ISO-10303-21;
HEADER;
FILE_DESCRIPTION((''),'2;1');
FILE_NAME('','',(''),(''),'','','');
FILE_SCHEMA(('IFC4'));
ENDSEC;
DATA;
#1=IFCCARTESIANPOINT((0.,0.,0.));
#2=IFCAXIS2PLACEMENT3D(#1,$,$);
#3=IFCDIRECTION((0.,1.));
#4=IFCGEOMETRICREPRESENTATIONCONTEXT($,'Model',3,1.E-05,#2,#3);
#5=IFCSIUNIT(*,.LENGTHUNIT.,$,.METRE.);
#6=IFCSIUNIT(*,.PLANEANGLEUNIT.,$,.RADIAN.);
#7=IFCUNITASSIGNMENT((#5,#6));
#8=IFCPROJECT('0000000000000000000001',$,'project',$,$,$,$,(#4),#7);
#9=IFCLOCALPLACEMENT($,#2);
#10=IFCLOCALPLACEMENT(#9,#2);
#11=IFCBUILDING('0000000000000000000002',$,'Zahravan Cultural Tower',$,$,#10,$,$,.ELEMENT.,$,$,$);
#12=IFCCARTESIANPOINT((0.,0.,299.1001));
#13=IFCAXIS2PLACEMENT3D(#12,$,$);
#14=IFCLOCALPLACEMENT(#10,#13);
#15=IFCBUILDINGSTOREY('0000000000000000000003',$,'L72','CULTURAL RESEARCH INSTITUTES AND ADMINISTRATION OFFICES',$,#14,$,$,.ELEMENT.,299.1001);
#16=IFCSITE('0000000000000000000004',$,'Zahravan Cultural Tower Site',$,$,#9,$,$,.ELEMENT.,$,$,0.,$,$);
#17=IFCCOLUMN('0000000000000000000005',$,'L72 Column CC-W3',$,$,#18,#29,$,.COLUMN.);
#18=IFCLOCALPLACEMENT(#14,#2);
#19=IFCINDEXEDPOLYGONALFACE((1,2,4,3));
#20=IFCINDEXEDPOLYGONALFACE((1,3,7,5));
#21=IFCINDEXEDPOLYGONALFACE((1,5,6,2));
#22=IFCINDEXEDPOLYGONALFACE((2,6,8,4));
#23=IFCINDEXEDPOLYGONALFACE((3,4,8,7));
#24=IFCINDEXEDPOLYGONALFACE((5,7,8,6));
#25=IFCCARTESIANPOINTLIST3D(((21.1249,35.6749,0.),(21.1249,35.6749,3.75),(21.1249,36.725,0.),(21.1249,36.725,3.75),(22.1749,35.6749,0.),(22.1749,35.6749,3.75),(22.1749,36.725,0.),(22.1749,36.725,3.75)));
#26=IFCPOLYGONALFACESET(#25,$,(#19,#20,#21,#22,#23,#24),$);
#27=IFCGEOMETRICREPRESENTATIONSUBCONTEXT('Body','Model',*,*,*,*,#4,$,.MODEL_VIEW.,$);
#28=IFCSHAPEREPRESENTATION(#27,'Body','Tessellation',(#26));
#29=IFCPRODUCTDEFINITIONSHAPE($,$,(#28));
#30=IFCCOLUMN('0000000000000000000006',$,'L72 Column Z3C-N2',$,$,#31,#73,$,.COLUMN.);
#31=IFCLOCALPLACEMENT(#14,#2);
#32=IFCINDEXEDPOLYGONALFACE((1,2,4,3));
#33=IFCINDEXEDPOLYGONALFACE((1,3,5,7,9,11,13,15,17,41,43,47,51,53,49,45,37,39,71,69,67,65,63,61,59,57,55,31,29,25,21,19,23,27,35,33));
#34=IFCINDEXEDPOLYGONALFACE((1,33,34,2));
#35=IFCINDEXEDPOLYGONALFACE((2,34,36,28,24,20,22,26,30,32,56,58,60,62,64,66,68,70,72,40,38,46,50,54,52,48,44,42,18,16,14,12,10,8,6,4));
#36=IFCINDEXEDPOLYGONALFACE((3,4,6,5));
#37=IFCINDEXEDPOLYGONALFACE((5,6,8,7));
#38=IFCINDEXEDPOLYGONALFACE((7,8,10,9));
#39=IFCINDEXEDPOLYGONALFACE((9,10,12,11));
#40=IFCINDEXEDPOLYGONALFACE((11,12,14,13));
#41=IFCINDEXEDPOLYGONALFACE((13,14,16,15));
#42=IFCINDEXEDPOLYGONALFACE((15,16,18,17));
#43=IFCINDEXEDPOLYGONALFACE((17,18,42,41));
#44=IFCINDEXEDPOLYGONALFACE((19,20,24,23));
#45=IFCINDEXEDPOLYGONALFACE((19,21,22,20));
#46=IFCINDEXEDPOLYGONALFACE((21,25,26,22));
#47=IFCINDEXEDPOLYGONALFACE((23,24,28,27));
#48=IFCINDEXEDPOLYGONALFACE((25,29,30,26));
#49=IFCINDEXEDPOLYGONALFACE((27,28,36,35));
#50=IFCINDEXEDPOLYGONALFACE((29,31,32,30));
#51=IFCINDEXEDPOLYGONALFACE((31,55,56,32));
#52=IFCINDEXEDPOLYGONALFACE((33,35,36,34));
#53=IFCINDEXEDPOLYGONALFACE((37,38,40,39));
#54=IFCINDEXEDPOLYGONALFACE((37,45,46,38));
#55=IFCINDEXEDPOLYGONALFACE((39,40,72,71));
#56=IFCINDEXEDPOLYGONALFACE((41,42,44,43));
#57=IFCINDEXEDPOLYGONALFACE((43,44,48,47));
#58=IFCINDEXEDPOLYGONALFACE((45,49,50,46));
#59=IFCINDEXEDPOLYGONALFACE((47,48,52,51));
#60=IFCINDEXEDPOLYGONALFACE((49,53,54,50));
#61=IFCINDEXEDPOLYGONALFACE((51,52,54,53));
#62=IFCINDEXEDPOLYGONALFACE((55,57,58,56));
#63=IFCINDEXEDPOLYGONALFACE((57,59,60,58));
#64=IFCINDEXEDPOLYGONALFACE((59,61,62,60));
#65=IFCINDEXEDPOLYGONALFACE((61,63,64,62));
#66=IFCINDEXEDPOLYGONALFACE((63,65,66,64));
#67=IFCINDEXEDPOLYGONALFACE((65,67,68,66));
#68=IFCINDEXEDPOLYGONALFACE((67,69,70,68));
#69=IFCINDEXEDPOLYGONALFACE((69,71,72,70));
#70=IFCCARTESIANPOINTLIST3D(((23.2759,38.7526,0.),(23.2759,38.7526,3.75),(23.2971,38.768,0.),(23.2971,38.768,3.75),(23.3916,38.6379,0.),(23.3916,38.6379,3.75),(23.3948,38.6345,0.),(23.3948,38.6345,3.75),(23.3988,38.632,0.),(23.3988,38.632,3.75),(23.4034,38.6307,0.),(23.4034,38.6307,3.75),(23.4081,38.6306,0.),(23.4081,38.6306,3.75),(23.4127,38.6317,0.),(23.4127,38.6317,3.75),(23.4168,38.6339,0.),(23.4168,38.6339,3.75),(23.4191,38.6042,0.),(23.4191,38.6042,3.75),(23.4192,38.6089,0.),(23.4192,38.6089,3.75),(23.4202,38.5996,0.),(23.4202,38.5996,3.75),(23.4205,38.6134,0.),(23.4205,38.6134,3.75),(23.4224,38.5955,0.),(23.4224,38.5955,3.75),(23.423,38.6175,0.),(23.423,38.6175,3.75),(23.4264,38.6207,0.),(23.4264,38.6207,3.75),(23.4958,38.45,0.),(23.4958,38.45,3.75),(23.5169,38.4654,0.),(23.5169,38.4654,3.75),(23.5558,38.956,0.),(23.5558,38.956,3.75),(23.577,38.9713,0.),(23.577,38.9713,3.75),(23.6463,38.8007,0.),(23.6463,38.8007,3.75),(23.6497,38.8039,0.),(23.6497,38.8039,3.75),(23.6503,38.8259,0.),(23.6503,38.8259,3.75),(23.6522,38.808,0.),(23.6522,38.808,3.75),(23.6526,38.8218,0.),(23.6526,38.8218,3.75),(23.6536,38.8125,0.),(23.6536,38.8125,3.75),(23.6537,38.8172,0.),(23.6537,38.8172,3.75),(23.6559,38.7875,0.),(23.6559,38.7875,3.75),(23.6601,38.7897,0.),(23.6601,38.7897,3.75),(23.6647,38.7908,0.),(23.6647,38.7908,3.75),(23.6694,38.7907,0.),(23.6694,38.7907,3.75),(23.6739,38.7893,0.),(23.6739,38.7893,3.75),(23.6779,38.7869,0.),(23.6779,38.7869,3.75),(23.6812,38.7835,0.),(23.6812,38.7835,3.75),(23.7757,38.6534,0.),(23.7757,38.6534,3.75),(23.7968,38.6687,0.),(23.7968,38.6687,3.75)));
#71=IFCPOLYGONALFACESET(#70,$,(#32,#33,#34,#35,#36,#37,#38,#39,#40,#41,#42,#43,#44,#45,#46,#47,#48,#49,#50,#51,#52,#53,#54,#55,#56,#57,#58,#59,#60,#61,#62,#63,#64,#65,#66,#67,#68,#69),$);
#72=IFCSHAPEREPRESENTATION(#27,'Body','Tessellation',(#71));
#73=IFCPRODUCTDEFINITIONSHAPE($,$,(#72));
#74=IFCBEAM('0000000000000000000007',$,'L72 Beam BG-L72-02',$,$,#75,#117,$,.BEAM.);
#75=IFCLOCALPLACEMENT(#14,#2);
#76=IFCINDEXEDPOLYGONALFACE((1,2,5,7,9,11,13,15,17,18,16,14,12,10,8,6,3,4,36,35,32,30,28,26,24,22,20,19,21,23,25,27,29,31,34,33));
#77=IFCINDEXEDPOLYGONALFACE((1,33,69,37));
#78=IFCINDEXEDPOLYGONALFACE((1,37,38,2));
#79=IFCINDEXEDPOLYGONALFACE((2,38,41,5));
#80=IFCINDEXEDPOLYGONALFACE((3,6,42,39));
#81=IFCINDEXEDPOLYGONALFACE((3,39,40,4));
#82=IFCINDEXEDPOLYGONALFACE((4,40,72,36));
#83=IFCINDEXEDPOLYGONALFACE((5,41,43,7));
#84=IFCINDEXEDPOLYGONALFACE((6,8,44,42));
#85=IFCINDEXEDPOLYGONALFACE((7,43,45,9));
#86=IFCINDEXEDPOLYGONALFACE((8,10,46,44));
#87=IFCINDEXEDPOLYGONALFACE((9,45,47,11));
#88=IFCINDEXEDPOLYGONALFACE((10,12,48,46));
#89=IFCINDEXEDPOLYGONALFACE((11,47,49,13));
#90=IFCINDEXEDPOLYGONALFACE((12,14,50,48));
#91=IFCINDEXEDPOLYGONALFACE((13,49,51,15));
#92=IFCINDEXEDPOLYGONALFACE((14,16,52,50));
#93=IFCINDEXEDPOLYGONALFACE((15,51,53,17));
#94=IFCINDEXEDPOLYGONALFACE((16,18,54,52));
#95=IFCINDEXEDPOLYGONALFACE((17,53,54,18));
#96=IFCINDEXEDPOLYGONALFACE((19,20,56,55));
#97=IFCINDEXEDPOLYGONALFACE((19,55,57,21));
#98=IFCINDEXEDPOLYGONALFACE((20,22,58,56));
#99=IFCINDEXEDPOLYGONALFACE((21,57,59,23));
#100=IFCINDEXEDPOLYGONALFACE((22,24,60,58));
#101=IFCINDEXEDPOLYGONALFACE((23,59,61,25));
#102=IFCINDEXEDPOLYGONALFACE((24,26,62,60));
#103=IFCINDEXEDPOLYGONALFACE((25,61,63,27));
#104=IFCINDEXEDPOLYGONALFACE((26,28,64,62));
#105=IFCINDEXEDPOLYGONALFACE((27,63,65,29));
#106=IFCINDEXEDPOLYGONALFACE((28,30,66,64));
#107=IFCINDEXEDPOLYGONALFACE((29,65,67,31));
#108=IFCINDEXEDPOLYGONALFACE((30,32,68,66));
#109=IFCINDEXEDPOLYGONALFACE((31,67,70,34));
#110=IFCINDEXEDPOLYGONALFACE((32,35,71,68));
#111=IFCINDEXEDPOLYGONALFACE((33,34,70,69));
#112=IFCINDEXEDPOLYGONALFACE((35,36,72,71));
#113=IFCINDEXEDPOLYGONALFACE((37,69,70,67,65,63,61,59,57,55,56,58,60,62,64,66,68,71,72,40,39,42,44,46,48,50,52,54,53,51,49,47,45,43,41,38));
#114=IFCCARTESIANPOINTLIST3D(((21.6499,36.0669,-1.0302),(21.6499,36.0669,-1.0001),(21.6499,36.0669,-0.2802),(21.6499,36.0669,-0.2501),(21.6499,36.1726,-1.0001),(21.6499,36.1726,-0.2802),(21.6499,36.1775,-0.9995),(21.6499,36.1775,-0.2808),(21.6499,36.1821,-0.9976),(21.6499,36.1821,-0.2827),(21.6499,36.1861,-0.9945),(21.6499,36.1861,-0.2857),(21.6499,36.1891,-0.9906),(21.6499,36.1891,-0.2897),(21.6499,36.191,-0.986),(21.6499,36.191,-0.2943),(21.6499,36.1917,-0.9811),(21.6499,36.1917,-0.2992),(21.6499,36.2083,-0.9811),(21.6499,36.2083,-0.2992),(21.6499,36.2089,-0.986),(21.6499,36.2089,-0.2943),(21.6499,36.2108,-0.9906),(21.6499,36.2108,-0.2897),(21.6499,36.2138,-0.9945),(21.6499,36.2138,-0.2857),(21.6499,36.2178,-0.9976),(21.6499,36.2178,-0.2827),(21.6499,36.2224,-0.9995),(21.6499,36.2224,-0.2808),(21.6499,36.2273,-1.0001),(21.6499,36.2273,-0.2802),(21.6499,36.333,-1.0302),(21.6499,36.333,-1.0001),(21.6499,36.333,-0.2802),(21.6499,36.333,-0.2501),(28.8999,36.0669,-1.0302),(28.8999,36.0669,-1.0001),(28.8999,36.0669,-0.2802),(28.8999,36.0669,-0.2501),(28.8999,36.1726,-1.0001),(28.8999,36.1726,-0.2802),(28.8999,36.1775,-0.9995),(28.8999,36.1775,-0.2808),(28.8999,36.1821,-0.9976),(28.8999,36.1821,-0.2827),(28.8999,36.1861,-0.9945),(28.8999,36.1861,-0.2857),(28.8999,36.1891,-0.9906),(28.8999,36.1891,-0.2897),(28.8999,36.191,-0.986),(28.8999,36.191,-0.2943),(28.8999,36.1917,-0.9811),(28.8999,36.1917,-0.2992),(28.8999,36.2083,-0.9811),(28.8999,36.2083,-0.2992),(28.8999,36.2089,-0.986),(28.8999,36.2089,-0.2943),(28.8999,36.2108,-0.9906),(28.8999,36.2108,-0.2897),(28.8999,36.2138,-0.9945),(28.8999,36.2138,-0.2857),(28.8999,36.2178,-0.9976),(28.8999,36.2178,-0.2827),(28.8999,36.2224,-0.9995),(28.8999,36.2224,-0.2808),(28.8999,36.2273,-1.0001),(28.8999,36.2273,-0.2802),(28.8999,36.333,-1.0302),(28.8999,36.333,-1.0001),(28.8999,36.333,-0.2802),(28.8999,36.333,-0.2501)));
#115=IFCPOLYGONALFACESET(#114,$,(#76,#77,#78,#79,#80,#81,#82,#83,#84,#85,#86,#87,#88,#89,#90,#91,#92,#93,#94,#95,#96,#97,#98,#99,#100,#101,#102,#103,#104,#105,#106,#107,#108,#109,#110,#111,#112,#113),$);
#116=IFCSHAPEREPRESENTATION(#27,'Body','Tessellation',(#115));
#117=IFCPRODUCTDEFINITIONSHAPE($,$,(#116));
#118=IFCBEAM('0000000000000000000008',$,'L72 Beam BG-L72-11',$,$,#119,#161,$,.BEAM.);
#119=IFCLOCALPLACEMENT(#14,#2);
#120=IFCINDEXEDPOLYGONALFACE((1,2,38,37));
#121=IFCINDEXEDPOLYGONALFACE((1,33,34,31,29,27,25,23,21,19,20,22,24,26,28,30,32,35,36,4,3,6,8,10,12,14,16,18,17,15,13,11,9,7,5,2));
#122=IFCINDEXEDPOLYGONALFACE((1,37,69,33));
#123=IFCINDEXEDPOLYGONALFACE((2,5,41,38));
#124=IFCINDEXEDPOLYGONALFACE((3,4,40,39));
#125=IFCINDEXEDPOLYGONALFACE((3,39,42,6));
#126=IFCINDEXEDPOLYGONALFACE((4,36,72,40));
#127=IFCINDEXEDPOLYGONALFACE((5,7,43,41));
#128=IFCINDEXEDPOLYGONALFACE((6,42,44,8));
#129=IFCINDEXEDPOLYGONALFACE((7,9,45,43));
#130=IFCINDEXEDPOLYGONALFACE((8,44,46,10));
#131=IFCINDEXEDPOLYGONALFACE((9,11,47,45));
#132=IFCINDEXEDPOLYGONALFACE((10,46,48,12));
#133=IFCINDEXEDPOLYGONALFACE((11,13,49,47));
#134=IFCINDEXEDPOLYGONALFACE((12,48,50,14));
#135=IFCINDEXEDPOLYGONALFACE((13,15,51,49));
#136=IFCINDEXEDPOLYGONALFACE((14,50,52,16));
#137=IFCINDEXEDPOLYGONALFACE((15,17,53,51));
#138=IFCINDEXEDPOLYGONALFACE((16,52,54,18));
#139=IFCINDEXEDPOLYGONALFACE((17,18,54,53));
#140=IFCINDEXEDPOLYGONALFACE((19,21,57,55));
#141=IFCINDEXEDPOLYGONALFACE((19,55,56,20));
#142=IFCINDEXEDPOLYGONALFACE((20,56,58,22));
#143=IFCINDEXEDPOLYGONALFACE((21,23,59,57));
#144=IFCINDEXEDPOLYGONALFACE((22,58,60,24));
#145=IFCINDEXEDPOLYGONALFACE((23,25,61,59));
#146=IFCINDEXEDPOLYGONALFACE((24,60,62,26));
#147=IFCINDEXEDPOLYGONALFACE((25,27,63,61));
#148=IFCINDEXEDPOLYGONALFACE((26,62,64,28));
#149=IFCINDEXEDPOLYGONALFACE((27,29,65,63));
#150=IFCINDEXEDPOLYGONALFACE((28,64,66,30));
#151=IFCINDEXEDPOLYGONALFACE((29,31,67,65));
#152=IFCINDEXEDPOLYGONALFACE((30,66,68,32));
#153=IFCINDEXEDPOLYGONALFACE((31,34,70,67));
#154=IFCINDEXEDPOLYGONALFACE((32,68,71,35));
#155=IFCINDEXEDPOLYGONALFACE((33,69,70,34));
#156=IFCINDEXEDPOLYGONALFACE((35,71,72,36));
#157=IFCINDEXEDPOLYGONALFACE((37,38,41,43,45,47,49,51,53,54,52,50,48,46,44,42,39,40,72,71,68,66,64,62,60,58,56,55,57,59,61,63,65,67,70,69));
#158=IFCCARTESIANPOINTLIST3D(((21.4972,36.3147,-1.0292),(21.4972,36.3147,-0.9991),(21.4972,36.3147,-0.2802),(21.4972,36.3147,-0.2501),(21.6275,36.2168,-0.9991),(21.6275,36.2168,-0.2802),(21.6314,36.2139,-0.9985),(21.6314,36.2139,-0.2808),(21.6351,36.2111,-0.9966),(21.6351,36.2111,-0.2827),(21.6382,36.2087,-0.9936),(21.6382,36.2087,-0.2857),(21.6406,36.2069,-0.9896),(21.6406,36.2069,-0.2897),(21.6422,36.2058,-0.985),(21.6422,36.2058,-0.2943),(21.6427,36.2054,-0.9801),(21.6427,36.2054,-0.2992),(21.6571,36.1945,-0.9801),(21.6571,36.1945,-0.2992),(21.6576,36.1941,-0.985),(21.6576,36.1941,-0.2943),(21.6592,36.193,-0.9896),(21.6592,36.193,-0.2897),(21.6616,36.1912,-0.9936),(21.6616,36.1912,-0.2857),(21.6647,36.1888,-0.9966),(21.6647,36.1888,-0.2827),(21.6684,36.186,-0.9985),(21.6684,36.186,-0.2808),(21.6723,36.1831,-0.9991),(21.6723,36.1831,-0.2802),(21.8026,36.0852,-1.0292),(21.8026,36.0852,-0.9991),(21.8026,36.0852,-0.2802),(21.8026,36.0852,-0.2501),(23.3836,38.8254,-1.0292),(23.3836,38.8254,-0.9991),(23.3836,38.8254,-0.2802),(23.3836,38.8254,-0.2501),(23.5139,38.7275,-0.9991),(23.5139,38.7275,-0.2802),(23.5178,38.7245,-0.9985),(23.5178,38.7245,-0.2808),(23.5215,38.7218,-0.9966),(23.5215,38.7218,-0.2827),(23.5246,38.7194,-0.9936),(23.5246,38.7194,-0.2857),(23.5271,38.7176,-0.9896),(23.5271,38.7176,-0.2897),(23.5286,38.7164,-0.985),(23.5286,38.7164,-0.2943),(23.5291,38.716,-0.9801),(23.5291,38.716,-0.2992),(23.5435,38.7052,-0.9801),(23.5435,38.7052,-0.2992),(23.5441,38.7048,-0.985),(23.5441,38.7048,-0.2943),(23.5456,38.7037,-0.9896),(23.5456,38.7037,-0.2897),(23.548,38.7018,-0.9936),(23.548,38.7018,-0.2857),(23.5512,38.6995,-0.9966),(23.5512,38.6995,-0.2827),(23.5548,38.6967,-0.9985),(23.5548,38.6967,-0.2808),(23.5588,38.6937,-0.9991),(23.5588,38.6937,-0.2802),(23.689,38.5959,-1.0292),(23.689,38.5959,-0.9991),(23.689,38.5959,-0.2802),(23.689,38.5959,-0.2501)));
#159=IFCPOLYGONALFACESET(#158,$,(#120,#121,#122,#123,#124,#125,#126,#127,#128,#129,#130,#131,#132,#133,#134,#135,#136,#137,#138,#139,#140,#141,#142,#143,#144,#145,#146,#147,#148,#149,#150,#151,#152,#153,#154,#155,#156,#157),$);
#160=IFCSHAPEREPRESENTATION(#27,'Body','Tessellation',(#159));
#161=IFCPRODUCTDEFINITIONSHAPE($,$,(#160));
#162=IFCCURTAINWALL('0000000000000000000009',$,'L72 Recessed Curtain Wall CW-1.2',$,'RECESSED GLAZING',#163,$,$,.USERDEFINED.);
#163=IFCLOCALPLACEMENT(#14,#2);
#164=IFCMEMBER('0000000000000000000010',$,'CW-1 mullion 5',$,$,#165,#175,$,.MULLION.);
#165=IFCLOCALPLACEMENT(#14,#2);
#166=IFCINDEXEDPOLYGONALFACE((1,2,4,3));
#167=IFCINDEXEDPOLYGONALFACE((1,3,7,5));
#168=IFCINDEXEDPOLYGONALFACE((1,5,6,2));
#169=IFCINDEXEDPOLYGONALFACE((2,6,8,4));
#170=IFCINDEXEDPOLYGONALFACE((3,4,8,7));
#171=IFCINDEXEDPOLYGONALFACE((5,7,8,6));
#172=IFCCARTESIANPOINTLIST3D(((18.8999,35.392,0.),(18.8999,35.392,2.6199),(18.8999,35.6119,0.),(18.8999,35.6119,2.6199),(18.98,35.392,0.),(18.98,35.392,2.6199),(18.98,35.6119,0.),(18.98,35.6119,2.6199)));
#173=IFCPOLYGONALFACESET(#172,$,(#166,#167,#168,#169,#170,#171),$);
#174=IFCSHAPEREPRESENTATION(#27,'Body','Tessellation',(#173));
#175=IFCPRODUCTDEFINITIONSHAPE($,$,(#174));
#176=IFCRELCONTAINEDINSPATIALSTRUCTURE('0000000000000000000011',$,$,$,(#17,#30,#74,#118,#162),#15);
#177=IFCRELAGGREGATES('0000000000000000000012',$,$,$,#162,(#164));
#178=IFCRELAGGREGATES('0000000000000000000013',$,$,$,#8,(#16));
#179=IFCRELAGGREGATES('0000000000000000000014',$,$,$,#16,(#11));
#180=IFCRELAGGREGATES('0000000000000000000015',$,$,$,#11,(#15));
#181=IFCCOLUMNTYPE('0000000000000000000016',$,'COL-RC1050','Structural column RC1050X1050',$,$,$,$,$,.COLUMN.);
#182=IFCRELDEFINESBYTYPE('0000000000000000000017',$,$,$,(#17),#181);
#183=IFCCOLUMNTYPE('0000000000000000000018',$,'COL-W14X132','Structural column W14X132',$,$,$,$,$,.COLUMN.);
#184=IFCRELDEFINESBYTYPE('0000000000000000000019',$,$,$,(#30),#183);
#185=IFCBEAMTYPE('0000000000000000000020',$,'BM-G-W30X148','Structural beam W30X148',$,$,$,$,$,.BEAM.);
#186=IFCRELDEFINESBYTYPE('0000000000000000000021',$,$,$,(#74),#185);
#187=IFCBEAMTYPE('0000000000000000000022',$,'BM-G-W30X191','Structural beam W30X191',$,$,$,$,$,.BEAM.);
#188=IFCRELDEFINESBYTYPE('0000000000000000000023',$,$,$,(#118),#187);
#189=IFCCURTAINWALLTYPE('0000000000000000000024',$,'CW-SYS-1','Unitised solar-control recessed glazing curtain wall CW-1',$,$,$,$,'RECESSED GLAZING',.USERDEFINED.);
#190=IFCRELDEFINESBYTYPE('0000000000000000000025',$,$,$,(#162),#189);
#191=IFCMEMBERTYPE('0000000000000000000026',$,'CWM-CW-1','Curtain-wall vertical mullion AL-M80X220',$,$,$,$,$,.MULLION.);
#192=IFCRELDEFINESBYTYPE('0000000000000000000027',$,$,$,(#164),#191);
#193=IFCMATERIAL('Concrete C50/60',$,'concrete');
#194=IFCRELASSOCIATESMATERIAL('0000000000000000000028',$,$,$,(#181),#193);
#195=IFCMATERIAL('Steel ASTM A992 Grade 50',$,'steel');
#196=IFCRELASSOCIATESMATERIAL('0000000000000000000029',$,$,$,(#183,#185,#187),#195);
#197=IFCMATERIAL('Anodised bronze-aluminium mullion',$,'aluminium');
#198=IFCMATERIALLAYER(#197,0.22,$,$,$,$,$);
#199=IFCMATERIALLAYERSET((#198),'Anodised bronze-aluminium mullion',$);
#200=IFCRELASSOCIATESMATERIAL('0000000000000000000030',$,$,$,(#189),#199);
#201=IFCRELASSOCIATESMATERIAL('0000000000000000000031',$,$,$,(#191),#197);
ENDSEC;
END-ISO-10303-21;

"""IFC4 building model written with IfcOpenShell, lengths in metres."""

from ifc_helpers import new_model, si_unit, direction, frame, origin, origin_2d, place, context, subcontext, project, spatial, rectangle, i_section, extrude, source, transform, mapped, material, layer, layer_set, material_profile, profile_set, type_object, element, aggregate, save


model = new_model("IFC4")

# Units and contexts
model_context = context("Model", 3, precision=1e-05, world=origin(), true_north=direction((0.0, 1.0)))
body_context = subcontext(model_context, "Body", "Model", "MODEL_VIEW")
ifc_project = project(units=[si_unit("LENGTHUNIT", "METRE"), si_unit("PLANEANGLEUNIT", "RADIAN")], contexts=[model_context])

# Site, building, storey
site_placement = place(None, origin())
site = spatial("IfcSite", under=ifc_project, at=site_placement, Name="Zahravan Cultural Tower Site", CompositionType="ELEMENT", RefElevation=0.0)
building_placement = place(site_placement, origin())
building = spatial("IfcBuilding", under=site, at=building_placement, Name="Zahravan Cultural Tower", CompositionType="ELEMENT")
storey_placement = place(building_placement, frame((0.0, 0.0, 299.1001)))
storey = spatial("IfcBuildingStorey", under=building, at=storey_placement, Name="L72", Description="CULTURAL RESEARCH INSTITUTES AND ADMINISTRATION OFFICES", CompositionType="ELEMENT", Elevation=299.1001)

# Columns
ifc_material_1 = material(Name="Concrete C50/60", Category="concrete")
ifc_material_profile_1 = material_profile(ifc_material_1, rectangle(XDim=1.05, YDim=1.05, at=origin_2d()), Name="RC1050X1050")
ifc_profile_set_1 = profile_set([ifc_material_profile_1], Name="Concrete C50/60")
column_type_1 = type_object("IfcColumnType", Name="COL-RC1050", Description="Structural column RC1050X1050", PredefinedType="COLUMN", material=ifc_profile_set_1)
shared_shape_1 = source(origin(), body_context, "Body", "SweptSolid", [
    extrude(rectangle(XDim=1.05, YDim=1.05, at=origin_2d()), origin(), (0.0, 0.0, 1.0), 3.75),
])
column_1_placement = place(storey_placement, frame((21.6499, 36.2, 0.0), z_axis=(0.0, 0.0, 1.0), x_axis=(1.0, 0.0, 0.0)))
element("IfcColumn", 1, at=column_1_placement, inside=storey, type_object=column_type_1, Name="L72 Column CC-W3", PredefinedType="COLUMN", context=body_context, shape_type="MappedRepresentation", body=[
    mapped(shared_shape_1, transform((0.0, 0.0, 0.0), x_axis=(1.0, 0.0, 0.0), y_axis=(0.0, 1.0, 0.0), z_axis=(0.0, 0.0, 1.0), scale=1.0)),
])
ifc_material_2 = material(Name="Steel ASTM A992 Grade 50", Category="steel")
ifc_material_profile_2 = material_profile(ifc_material_2, i_section(OverallWidth=0.374, OverallDepth=0.3721, WebThickness=0.0164, FlangeThickness=0.0261, FilletRadius=0.0181, at=origin_2d()), Name="W14X132")
ifc_profile_set_2 = profile_set([ifc_material_profile_2], Name="Steel ASTM A992 Grade 50")
column_type_2 = type_object("IfcColumnType", Name="COL-W14X132", Description="Structural column W14X132", PredefinedType="COLUMN", material=ifc_profile_set_2)
shared_shape_2 = source(origin(), body_context, "Body", "SweptSolid", [
    extrude(i_section(OverallWidth=0.374, OverallDepth=0.3721, WebThickness=0.0164, FlangeThickness=0.0261, FilletRadius=0.0181, at=origin_2d()), origin(), (0.0, 0.0, 1.0), 3.75),
])
column_2_placement = place(storey_placement, frame((23.5364, 38.7107, 0.0), z_axis=(0.0, 0.0, 1.0), x_axis=(-0.587785, 0.809017, 0.0)))
element("IfcColumn", 2, at=column_2_placement, inside=storey, type_object=column_type_2, Name="L72 Column Z3C-N2", PredefinedType="COLUMN", context=body_context, shape_type="MappedRepresentation", body=[
    mapped(shared_shape_2, transform((0.0, 0.0, 0.0), x_axis=(1.0, 0.0, 0.0), y_axis=(0.0, 1.0, 0.0), z_axis=(0.0, 0.0, 1.0), scale=1.0)),
])

# Beams
ifc_material_profile_3 = material_profile(ifc_material_2, i_section(OverallWidth=0.2661, OverallDepth=0.78, WebThickness=0.0166, FlangeThickness=0.03, FilletRadius=0.019, at=origin_2d()), Name="W30X148")
ifc_profile_set_3 = profile_set([ifc_material_profile_3], Name="Steel ASTM A992 Grade 50")
beam_type_1 = type_object("IfcBeamType", Name="BM-G-W30X148", Description="Structural beam W30X148", PredefinedType="BEAM", material=ifc_profile_set_3)
shared_shape_3 = source(origin(), body_context, "Body", "SweptSolid", [
    extrude(i_section(OverallWidth=0.2661, OverallDepth=0.78, WebThickness=0.0166, FlangeThickness=0.03, FilletRadius=0.019, at=origin_2d()), origin(), (0.0, 0.0, 1.0), 7.25),
])
beam_1_placement = place(storey_placement, frame((21.6499, 36.2, -0.6401), z_axis=(1.0, 0.0, 0.0), x_axis=(0.0, 1.0, 0.0)))
element("IfcBeam", 3, at=beam_1_placement, inside=storey, type_object=beam_type_1, Name="L72 Beam BG-L72-02", PredefinedType="BEAM", context=body_context, shape_type="MappedRepresentation", body=[
    mapped(shared_shape_3, transform((0.0, 0.0, 0.0), x_axis=(1.0, 0.0, 0.0), y_axis=(0.0, 1.0, 0.0), z_axis=(0.0, 0.0, 1.0), scale=1.0)),
])
ifc_material_profile_4 = material_profile(ifc_material_2, i_section(OverallWidth=0.3821, OverallDepth=0.7791, WebThickness=0.0181, FlangeThickness=0.03, FilletRadius=0.019, at=origin_2d()), Name="W30X191")
ifc_profile_set_4 = profile_set([ifc_material_profile_4], Name="Steel ASTM A992 Grade 50")
beam_type_2 = type_object("IfcBeamType", Name="BM-G-W30X191", Description="Structural beam W30X191", PredefinedType="BEAM", material=ifc_profile_set_4)
shared_shape_4 = source(origin(), body_context, "Body", "SweptSolid", [
    extrude(i_section(OverallWidth=0.3821, OverallDepth=0.7791, WebThickness=0.0181, FlangeThickness=0.03, FilletRadius=0.019, at=origin_2d()), origin(), (0.0, 0.0, 1.0), 3.1404),
])
beam_2_placement = place(storey_placement, frame((21.6499, 36.2, -0.6396), z_axis=(0.600696, 0.799477, 0.0), x_axis=(-0.799477, 0.600696, 0.0)))
element("IfcBeam", 4, at=beam_2_placement, inside=storey, type_object=beam_type_2, Name="L72 Beam BG-L72-11", PredefinedType="BEAM", context=body_context, shape_type="MappedRepresentation", body=[
    mapped(shared_shape_4, transform((0.0, 0.0, 0.0), x_axis=(1.0, 0.0, 0.0), y_axis=(0.0, 1.0, 0.0), z_axis=(0.0, 0.0, 1.0), scale=1.0)),
])

# Curtain wall, member
ifc_material_3 = material(Name="Anodised bronze-aluminium mullion", Category="aluminium")
ifc_layer_1 = layer(ifc_material_3, 0.22)
ifc_layer_set_1 = layer_set([ifc_layer_1], Name="Anodised bronze-aluminium mullion")
curtain_wall_type = type_object("IfcCurtainWallType", Name="CW-SYS-1", Description="Unitised solar-control recessed glazing curtain wall CW-1", ElementType="RECESSED GLAZING", PredefinedType="USERDEFINED", material=ifc_layer_set_1)
curtain_wall_placement = place(storey_placement, origin())
curtain_wall = element("IfcCurtainWall", 5, at=curtain_wall_placement, inside=storey, type_object=curtain_wall_type, Name="L72 Recessed Curtain Wall CW-1.2", ObjectType="RECESSED GLAZING", PredefinedType="USERDEFINED")
ifc_material_profile_5 = material_profile(ifc_material_3, rectangle(XDim=0.0801, YDim=0.22, at=origin_2d()), Name="AL-M80X220")
ifc_profile_set_5 = profile_set([ifc_material_profile_5], Name="Anodised bronze-aluminium mullion")
member_type = type_object("IfcMemberType", Name="CWM-CW-1", Description="Curtain-wall vertical mullion AL-M80X220", PredefinedType="MULLION", material=ifc_profile_set_5)
shared_shape_5 = source(origin(), body_context, "Body", "SweptSolid", [
    extrude(rectangle(XDim=0.0801, YDim=0.22, at=origin_2d()), origin(), (0.0, 0.0, 1.0), 2.6199),
])
member_placement = place(storey_placement, frame((18.9399, 35.502, 0.0), z_axis=(0.0, 0.0, 1.0), x_axis=(-1.0, 0.0, 0.0)))
member = element("IfcMember", 6, at=member_placement, type_object=member_type, Name="CW-1 mullion 5", PredefinedType="MULLION", context=body_context, shape_type="MappedRepresentation", body=[
    mapped(shared_shape_5, transform((0.0, 0.0, 0.0), x_axis=(1.0, 0.0, 0.0), y_axis=(0.0, 1.0, 0.0), z_axis=(0.0, 0.0, 1.0), scale=1.0)),
])
aggregate(curtain_wall, [member])

save(model, "model.ifc")
